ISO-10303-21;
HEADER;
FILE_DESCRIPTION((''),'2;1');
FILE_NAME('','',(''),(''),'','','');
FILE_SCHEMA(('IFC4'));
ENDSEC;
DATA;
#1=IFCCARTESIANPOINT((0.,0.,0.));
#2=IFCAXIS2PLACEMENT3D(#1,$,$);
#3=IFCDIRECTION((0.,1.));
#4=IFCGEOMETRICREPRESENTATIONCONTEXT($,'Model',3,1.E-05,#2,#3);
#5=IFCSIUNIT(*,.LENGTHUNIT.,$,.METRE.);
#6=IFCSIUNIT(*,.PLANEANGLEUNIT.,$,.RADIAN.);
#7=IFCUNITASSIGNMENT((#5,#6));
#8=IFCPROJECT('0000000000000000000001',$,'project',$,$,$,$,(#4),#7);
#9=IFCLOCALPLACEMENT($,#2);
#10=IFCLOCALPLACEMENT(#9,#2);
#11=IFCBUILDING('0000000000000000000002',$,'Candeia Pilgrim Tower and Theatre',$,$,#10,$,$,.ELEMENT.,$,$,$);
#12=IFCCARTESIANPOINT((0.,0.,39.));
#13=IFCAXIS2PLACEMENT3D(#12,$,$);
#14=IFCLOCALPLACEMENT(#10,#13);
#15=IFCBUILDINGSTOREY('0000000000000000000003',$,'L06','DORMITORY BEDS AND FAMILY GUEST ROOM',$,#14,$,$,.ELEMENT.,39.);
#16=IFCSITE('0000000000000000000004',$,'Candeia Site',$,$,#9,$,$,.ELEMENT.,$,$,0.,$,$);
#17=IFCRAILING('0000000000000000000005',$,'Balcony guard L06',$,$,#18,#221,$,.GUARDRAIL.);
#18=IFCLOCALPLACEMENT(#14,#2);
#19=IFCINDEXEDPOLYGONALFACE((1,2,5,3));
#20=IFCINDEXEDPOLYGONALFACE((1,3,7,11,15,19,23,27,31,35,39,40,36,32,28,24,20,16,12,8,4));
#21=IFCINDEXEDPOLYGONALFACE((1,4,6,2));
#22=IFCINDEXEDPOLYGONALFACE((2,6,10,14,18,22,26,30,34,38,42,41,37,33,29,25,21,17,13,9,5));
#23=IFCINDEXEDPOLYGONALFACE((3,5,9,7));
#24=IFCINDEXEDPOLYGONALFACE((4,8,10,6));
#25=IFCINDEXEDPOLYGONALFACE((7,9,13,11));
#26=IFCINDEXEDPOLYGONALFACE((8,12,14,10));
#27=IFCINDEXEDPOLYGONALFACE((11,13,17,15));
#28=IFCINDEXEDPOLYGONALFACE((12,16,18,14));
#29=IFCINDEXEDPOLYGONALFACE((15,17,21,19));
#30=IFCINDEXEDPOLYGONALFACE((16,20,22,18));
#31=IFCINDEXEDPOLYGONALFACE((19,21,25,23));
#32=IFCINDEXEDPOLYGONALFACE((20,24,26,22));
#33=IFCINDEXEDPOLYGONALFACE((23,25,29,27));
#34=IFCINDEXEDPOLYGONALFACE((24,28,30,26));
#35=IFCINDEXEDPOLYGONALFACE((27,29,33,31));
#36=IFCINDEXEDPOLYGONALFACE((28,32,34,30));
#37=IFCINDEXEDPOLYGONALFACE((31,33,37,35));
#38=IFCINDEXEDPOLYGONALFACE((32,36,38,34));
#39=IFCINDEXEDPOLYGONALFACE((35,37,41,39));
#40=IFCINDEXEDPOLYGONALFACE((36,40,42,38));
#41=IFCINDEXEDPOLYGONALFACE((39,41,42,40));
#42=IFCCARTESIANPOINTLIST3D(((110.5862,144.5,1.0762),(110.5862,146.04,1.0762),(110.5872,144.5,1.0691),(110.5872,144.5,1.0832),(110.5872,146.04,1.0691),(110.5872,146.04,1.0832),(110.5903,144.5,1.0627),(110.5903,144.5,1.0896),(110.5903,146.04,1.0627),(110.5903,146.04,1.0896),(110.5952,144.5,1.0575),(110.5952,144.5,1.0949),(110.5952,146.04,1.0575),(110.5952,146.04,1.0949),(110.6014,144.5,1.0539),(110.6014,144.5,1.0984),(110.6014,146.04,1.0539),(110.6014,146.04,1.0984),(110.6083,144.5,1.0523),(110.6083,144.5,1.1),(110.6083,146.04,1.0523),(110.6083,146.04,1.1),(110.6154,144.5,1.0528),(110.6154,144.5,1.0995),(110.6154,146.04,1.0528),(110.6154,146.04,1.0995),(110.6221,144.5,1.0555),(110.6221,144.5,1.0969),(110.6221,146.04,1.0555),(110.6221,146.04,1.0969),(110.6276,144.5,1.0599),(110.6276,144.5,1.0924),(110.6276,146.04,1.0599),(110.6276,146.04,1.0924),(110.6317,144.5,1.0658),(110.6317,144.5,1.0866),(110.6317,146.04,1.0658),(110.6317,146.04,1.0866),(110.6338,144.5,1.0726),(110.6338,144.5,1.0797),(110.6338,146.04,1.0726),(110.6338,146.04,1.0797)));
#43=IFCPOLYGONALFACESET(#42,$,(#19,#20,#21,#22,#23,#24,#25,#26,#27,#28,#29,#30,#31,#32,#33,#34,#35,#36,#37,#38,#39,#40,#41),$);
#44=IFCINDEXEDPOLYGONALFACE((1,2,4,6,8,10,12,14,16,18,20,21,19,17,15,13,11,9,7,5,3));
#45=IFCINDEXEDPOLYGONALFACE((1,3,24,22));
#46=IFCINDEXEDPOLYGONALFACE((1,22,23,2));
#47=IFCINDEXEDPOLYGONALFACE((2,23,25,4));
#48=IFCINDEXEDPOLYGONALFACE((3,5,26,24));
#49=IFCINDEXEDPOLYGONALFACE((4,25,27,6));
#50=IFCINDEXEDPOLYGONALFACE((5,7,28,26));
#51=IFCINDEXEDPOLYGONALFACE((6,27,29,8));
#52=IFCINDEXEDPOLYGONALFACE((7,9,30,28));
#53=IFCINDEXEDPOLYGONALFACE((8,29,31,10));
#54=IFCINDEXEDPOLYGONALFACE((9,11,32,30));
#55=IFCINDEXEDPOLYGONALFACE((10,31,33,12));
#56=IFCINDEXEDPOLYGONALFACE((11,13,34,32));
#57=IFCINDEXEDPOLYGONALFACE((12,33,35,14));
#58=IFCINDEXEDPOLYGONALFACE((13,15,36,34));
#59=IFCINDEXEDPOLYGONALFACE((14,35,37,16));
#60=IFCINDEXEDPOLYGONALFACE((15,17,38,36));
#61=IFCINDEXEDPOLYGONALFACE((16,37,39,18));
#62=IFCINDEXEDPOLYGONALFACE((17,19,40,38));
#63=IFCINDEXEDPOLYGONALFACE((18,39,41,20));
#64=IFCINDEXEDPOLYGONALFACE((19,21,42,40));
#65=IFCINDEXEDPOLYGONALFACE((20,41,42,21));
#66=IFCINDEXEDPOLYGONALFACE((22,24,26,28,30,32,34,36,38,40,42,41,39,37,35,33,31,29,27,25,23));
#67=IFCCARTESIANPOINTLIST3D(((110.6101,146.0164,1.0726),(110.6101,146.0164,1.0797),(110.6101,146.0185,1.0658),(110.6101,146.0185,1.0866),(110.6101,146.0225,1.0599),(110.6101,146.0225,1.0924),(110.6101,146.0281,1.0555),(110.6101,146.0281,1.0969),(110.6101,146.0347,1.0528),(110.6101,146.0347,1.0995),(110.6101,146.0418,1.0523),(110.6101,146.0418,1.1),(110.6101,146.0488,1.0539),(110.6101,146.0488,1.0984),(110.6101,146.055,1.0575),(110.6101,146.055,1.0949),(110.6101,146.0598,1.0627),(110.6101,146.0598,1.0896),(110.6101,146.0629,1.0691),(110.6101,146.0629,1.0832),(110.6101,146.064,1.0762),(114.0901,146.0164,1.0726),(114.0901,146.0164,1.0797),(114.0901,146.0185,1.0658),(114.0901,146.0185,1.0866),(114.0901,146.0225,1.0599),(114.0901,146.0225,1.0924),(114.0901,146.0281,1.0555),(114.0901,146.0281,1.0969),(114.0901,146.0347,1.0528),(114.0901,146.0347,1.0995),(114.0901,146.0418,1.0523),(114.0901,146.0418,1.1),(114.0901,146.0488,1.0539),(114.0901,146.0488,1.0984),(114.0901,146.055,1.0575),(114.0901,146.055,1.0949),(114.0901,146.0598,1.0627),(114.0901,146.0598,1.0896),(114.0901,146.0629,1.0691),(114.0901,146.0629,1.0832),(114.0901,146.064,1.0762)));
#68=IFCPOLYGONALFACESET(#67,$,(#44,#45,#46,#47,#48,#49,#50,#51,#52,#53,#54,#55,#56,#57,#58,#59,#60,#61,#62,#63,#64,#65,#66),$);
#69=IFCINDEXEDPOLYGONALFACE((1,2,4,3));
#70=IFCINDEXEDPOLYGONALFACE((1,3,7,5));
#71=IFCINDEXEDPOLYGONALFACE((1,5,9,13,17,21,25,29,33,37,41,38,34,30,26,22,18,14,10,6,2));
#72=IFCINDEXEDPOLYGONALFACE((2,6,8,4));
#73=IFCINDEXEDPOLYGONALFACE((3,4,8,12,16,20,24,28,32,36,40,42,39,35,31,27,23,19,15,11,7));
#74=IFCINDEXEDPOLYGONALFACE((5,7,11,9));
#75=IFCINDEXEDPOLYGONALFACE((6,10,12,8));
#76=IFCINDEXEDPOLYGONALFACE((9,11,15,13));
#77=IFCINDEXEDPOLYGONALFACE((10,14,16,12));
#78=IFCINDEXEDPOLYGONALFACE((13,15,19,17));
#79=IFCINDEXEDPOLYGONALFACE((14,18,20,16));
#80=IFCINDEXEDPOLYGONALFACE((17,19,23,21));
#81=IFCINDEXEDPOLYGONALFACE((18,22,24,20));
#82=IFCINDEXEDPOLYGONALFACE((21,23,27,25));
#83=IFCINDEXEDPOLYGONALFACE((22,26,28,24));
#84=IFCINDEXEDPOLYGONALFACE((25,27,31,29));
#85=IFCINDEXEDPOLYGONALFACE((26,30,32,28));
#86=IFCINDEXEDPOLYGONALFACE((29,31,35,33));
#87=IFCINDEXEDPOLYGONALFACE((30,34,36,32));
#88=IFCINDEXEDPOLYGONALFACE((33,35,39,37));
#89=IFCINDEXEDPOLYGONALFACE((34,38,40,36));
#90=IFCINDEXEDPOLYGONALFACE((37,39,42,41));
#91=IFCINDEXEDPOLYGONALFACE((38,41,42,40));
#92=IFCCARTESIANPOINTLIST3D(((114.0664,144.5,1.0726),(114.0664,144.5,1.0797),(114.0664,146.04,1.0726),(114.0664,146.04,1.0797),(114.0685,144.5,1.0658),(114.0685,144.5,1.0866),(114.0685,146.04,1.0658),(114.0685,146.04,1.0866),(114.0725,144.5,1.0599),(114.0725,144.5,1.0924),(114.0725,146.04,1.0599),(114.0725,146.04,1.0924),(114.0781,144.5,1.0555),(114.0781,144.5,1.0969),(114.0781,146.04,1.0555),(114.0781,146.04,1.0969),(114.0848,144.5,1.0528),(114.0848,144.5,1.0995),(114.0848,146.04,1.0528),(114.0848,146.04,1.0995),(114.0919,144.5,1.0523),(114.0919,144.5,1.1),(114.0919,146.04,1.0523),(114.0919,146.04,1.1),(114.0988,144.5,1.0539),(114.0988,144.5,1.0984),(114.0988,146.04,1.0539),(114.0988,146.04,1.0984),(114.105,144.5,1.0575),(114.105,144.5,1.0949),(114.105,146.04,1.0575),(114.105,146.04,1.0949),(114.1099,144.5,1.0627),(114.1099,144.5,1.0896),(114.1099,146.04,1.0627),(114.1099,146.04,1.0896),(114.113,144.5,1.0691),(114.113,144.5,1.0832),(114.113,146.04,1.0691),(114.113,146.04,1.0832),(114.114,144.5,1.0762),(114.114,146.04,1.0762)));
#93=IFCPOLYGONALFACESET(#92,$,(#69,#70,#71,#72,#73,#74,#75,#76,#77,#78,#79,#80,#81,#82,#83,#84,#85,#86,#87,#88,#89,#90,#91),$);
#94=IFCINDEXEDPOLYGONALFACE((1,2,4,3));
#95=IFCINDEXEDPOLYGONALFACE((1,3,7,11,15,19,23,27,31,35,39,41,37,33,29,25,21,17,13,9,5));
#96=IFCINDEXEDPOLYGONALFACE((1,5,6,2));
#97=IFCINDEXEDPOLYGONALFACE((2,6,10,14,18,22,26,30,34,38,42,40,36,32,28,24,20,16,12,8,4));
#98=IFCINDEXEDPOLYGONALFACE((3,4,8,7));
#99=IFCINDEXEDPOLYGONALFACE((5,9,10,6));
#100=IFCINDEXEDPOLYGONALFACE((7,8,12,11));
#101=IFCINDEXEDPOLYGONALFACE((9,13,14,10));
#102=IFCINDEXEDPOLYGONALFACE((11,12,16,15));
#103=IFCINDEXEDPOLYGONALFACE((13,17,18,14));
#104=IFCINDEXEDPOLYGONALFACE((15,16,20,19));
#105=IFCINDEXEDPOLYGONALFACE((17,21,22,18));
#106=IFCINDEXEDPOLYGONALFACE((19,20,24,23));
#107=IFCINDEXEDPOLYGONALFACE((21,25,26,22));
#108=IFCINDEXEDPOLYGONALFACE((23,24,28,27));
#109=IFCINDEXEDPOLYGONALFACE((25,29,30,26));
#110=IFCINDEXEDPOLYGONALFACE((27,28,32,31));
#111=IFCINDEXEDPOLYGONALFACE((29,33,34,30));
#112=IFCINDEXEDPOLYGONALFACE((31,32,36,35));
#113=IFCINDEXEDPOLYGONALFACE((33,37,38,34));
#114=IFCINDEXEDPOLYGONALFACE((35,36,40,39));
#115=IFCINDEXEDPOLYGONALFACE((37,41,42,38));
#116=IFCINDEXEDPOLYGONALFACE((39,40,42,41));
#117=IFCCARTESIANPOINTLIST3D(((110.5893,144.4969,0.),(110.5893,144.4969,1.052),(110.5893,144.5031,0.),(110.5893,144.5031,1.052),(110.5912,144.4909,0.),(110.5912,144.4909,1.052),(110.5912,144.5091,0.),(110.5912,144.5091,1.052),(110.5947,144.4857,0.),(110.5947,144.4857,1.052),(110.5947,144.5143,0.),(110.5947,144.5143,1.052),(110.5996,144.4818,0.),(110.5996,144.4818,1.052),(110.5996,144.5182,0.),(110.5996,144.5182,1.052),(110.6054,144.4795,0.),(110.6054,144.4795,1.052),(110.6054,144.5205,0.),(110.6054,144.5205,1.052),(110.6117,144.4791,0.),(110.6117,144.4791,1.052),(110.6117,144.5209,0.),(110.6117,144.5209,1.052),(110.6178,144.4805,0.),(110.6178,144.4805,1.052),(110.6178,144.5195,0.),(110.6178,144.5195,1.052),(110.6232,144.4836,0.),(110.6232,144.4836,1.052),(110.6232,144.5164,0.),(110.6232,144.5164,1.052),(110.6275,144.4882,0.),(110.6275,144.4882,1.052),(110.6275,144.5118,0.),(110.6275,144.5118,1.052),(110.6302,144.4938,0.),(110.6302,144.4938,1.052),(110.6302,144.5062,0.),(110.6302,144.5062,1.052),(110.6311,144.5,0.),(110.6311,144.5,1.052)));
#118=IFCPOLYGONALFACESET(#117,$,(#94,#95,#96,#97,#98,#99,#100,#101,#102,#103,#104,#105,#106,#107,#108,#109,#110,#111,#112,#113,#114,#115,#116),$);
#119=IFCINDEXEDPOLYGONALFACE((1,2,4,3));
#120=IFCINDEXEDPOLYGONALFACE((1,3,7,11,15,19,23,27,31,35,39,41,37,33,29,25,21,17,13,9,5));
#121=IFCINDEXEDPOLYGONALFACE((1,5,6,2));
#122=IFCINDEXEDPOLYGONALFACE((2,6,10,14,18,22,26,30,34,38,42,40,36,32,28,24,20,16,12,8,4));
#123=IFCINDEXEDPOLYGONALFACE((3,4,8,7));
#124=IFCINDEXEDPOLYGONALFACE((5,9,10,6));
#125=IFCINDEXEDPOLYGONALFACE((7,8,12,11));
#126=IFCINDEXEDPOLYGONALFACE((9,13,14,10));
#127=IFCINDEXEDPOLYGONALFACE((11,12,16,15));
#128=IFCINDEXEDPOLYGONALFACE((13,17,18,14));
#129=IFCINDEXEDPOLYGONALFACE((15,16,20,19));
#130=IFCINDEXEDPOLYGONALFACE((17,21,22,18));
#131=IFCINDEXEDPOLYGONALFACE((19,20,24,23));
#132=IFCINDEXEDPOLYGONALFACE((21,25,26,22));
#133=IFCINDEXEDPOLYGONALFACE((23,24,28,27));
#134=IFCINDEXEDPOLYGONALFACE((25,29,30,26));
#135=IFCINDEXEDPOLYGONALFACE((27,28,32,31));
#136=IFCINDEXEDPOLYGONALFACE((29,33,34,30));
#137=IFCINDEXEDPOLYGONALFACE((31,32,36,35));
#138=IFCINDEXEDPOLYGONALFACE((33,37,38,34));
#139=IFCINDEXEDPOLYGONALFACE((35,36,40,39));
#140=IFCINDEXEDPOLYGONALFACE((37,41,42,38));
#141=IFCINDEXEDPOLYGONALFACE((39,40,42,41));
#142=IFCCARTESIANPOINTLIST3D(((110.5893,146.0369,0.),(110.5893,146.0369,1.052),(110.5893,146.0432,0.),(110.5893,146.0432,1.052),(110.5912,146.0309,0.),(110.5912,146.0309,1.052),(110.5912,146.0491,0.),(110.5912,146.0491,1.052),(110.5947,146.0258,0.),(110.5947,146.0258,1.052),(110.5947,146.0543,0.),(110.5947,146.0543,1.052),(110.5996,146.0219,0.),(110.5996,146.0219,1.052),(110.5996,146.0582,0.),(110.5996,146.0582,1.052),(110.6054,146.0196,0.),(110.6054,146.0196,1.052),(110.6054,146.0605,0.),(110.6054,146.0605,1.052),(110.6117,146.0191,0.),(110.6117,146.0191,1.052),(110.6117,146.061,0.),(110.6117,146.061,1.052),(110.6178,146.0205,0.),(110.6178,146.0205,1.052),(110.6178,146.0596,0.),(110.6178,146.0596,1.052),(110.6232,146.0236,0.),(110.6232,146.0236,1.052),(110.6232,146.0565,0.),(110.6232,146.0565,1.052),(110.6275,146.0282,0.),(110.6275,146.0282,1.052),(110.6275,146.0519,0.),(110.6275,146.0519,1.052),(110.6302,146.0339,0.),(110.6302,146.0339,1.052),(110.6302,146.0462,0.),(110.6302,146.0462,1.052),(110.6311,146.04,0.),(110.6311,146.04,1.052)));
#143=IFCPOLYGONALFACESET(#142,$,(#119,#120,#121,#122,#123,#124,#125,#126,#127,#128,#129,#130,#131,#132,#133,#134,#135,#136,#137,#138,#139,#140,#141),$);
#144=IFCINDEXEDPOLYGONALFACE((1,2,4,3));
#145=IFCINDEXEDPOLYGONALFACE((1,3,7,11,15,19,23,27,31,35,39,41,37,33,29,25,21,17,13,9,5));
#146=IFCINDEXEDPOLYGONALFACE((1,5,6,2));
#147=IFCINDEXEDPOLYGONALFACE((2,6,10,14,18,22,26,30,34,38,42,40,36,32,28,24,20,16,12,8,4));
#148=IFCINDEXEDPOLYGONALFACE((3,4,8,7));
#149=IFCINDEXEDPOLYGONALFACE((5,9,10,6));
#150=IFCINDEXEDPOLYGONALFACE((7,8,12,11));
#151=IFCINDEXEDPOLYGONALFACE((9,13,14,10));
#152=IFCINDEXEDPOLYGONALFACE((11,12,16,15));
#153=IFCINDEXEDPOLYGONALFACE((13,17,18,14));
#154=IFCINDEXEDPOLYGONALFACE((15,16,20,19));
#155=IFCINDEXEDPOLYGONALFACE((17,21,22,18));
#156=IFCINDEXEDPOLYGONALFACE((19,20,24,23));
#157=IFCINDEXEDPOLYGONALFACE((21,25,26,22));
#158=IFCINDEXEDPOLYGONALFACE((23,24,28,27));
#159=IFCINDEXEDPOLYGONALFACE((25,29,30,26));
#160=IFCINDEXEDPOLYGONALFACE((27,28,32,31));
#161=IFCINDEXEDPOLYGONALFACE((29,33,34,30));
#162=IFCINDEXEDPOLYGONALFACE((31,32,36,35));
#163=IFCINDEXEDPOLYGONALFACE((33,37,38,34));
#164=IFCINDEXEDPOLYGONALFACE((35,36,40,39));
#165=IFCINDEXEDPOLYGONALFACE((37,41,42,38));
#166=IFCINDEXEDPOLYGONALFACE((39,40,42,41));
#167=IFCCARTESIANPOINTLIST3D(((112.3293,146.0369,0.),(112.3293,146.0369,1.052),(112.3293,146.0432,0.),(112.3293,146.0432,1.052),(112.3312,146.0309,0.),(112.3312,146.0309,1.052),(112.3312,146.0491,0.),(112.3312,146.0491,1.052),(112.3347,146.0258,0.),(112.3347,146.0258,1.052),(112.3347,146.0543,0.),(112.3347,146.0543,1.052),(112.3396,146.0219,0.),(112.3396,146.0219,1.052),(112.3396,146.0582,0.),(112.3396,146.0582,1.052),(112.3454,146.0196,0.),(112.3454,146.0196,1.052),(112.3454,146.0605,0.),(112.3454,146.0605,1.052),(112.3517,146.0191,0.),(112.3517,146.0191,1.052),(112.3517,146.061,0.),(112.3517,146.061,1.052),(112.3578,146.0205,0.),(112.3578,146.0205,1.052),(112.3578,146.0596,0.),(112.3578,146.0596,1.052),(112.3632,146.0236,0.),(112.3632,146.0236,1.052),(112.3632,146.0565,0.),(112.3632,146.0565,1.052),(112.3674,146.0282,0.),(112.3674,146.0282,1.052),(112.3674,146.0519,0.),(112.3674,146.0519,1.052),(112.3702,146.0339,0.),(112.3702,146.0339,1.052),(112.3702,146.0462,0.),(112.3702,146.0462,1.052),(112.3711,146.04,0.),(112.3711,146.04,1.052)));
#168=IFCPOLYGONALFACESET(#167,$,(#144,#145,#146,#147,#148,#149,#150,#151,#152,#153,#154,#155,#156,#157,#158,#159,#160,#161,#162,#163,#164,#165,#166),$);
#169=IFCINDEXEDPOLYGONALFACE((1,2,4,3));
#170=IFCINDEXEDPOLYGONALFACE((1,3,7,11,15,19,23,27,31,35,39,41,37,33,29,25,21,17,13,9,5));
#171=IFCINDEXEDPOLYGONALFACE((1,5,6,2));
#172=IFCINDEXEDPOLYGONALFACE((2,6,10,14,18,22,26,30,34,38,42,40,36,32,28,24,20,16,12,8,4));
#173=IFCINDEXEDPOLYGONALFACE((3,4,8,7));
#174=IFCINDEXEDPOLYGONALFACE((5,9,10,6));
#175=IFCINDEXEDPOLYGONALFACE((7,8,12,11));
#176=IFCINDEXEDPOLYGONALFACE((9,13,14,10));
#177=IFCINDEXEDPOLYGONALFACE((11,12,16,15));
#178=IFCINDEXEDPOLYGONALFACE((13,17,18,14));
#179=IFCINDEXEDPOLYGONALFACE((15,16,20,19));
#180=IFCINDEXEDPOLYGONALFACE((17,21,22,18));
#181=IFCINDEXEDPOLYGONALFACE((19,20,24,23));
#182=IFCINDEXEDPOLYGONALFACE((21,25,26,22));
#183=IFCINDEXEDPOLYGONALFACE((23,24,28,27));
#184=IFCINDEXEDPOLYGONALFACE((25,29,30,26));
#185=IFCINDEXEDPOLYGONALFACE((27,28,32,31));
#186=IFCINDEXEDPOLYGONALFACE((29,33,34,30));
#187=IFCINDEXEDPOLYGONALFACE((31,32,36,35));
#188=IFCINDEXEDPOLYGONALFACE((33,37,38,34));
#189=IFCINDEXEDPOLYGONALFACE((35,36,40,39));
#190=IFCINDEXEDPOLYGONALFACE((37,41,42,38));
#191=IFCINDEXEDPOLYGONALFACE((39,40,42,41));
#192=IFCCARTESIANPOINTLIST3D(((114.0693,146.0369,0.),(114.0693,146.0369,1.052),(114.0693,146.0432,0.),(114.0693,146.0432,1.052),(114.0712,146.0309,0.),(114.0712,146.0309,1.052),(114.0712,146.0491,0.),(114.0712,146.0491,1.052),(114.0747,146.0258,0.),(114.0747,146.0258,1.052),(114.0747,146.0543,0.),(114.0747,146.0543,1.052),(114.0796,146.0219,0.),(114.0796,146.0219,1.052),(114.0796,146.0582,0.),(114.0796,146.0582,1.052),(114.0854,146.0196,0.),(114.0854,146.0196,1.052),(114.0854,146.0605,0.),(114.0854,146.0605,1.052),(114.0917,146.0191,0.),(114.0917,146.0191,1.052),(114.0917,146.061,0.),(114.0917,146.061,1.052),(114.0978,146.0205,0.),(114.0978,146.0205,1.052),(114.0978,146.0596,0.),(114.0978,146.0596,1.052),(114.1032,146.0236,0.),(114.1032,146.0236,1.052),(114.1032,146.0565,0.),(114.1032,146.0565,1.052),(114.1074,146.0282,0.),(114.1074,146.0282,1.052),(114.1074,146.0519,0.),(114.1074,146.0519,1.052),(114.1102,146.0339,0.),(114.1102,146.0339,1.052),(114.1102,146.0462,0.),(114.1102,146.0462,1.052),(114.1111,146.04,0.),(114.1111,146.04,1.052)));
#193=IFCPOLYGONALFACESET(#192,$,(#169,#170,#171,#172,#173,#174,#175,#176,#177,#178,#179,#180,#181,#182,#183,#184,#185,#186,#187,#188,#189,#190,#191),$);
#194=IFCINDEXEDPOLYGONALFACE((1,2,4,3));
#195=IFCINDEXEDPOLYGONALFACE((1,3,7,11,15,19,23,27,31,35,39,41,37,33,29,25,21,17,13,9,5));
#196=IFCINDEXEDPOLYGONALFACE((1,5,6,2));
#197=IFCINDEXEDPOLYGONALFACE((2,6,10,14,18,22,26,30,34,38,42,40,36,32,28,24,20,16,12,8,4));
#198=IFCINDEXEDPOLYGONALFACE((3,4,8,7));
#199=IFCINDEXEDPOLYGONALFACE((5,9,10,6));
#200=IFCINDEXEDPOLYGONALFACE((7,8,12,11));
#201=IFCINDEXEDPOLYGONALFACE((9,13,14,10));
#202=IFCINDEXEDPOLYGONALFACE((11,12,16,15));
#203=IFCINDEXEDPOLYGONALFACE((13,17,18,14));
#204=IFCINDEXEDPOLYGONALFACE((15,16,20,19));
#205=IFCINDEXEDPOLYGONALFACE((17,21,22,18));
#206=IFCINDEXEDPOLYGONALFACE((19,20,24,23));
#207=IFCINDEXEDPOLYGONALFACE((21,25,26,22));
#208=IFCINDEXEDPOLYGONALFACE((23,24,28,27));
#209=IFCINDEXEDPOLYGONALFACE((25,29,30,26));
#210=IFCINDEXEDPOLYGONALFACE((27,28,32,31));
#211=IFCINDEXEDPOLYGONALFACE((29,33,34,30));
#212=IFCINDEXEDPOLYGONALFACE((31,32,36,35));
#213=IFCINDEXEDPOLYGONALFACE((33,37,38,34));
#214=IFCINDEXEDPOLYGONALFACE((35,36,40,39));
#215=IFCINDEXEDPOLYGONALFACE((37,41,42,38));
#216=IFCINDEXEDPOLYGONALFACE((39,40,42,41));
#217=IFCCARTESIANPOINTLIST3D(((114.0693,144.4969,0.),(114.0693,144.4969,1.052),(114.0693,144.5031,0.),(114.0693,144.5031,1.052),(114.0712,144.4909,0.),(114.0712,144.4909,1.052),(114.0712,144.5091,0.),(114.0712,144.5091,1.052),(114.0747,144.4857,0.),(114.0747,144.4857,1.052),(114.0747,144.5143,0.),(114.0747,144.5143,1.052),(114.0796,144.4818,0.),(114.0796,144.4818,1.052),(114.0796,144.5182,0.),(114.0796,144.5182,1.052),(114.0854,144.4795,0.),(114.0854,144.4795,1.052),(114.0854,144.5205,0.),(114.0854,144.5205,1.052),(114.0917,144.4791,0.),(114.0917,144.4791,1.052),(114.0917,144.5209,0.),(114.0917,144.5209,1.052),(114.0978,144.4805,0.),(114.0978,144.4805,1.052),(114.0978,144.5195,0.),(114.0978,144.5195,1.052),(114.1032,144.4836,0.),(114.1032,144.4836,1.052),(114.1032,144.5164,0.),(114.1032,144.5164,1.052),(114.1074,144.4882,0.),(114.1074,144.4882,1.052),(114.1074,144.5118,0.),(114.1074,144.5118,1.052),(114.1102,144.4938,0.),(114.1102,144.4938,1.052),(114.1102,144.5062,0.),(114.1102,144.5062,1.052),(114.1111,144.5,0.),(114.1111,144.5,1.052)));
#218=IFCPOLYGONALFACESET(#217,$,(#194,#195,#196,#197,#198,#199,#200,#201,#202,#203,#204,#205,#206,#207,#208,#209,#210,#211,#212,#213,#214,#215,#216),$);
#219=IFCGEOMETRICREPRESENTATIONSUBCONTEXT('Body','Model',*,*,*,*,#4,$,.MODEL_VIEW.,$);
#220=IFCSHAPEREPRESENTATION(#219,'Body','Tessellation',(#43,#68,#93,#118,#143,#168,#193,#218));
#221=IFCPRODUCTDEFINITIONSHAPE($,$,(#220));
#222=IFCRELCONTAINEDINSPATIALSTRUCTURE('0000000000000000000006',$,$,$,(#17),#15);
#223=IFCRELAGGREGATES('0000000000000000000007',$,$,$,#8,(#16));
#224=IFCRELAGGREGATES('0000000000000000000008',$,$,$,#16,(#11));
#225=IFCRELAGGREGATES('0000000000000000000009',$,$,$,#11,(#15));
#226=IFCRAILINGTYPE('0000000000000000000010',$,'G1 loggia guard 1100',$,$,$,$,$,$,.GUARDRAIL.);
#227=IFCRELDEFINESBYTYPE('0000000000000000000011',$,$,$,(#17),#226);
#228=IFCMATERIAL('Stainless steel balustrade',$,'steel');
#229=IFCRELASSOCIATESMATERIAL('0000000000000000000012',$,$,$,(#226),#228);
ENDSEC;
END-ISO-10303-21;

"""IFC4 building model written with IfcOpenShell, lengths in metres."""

from ifc_helpers import new_model, si_unit, direction, frame, origin, origin_2d, place, context, subcontext, project, spatial, circle, extrude, material, type_object, element, save


model = new_model("IFC4")

# Units and contexts
model_context = context("Model", 3, precision=1e-05, world=origin(), true_north=direction((0.0, 1.0)))
body_context = subcontext(model_context, "Body", "Model", "MODEL_VIEW")
ifc_project = project(units=[si_unit("LENGTHUNIT", "METRE"), si_unit("PLANEANGLEUNIT", "RADIAN")], contexts=[model_context])

# Site, building, storey
site_placement = place(None, origin())
site = spatial("IfcSite", under=ifc_project, at=site_placement, Name="Candeia Site", CompositionType="ELEMENT", RefElevation=0.0)
building_placement = place(site_placement, origin())
building = spatial("IfcBuilding", under=site, at=building_placement, Name="Candeia Pilgrim Tower and Theatre", CompositionType="ELEMENT")
storey_placement = place(building_placement, frame((0.0, 0.0, 39.0)))
storey = spatial("IfcBuildingStorey", under=building, at=storey_placement, Name="L06", Description="DORMITORY BEDS AND FAMILY GUEST ROOM", CompositionType="ELEMENT", Elevation=39.0)

# Railing
ifc_material_1 = material(Name="Stainless steel balustrade", Category="steel")
railing_type = type_object("IfcRailingType", Name="G1 loggia guard 1100", PredefinedType="GUARDRAIL", material=ifc_material_1)
railing_1_placement = place(storey_placement, frame((110.6101, 144.5, 0.0)))
element("IfcRailing", 1, at=railing_1_placement, inside=storey, type_object=railing_type, Name="Balcony guard L06", PredefinedType="GUARDRAIL", context=body_context, shape_type="SweptSolid", body=[
    extrude(circle(Radius=0.0239, at=origin_2d()), frame((0.0, 0.0, 1.0762), z_axis=(0.0, 1.0, 0.0), x_axis=(-1.0, 0.0, 0.0)), (0.0, 0.0, 1.0), 1.54),
    extrude(circle(Radius=0.0239, at=origin_2d()), frame((0.0, 1.54, 1.0762), z_axis=(1.0, 0.0, 0.0), x_axis=(0.0, 1.0, 0.0)), (0.0, 0.0, 1.0), 3.48),
    extrude(circle(Radius=0.0239, at=origin_2d()), frame((3.48, 1.54, 1.0762), z_axis=(0.0, -1.0, 0.0), x_axis=(1.0, 0.0, 0.0)), (0.0, 0.0, 1.0), 1.54),
    extrude(circle(Radius=0.021, at=origin_2d()), origin(), (0.0, 0.0, 1.0), 1.052),
    extrude(circle(Radius=0.021, at=origin_2d()), frame((0.0, 1.54, 0.0)), (0.0, 0.0, 1.0), 1.052),
    extrude(circle(Radius=0.021, at=origin_2d()), frame((1.74, 1.54, 0.0)), (0.0, 0.0, 1.0), 1.052),
    extrude(circle(Radius=0.021, at=origin_2d()), frame((3.48, 1.54, 0.0)), (0.0, 0.0, 1.0), 1.052),
    extrude(circle(Radius=0.021, at=origin_2d()), frame((3.48, 0.0, 0.0)), (0.0, 0.0, 1.0), 1.052),
])

save(model, "model.ifc")
